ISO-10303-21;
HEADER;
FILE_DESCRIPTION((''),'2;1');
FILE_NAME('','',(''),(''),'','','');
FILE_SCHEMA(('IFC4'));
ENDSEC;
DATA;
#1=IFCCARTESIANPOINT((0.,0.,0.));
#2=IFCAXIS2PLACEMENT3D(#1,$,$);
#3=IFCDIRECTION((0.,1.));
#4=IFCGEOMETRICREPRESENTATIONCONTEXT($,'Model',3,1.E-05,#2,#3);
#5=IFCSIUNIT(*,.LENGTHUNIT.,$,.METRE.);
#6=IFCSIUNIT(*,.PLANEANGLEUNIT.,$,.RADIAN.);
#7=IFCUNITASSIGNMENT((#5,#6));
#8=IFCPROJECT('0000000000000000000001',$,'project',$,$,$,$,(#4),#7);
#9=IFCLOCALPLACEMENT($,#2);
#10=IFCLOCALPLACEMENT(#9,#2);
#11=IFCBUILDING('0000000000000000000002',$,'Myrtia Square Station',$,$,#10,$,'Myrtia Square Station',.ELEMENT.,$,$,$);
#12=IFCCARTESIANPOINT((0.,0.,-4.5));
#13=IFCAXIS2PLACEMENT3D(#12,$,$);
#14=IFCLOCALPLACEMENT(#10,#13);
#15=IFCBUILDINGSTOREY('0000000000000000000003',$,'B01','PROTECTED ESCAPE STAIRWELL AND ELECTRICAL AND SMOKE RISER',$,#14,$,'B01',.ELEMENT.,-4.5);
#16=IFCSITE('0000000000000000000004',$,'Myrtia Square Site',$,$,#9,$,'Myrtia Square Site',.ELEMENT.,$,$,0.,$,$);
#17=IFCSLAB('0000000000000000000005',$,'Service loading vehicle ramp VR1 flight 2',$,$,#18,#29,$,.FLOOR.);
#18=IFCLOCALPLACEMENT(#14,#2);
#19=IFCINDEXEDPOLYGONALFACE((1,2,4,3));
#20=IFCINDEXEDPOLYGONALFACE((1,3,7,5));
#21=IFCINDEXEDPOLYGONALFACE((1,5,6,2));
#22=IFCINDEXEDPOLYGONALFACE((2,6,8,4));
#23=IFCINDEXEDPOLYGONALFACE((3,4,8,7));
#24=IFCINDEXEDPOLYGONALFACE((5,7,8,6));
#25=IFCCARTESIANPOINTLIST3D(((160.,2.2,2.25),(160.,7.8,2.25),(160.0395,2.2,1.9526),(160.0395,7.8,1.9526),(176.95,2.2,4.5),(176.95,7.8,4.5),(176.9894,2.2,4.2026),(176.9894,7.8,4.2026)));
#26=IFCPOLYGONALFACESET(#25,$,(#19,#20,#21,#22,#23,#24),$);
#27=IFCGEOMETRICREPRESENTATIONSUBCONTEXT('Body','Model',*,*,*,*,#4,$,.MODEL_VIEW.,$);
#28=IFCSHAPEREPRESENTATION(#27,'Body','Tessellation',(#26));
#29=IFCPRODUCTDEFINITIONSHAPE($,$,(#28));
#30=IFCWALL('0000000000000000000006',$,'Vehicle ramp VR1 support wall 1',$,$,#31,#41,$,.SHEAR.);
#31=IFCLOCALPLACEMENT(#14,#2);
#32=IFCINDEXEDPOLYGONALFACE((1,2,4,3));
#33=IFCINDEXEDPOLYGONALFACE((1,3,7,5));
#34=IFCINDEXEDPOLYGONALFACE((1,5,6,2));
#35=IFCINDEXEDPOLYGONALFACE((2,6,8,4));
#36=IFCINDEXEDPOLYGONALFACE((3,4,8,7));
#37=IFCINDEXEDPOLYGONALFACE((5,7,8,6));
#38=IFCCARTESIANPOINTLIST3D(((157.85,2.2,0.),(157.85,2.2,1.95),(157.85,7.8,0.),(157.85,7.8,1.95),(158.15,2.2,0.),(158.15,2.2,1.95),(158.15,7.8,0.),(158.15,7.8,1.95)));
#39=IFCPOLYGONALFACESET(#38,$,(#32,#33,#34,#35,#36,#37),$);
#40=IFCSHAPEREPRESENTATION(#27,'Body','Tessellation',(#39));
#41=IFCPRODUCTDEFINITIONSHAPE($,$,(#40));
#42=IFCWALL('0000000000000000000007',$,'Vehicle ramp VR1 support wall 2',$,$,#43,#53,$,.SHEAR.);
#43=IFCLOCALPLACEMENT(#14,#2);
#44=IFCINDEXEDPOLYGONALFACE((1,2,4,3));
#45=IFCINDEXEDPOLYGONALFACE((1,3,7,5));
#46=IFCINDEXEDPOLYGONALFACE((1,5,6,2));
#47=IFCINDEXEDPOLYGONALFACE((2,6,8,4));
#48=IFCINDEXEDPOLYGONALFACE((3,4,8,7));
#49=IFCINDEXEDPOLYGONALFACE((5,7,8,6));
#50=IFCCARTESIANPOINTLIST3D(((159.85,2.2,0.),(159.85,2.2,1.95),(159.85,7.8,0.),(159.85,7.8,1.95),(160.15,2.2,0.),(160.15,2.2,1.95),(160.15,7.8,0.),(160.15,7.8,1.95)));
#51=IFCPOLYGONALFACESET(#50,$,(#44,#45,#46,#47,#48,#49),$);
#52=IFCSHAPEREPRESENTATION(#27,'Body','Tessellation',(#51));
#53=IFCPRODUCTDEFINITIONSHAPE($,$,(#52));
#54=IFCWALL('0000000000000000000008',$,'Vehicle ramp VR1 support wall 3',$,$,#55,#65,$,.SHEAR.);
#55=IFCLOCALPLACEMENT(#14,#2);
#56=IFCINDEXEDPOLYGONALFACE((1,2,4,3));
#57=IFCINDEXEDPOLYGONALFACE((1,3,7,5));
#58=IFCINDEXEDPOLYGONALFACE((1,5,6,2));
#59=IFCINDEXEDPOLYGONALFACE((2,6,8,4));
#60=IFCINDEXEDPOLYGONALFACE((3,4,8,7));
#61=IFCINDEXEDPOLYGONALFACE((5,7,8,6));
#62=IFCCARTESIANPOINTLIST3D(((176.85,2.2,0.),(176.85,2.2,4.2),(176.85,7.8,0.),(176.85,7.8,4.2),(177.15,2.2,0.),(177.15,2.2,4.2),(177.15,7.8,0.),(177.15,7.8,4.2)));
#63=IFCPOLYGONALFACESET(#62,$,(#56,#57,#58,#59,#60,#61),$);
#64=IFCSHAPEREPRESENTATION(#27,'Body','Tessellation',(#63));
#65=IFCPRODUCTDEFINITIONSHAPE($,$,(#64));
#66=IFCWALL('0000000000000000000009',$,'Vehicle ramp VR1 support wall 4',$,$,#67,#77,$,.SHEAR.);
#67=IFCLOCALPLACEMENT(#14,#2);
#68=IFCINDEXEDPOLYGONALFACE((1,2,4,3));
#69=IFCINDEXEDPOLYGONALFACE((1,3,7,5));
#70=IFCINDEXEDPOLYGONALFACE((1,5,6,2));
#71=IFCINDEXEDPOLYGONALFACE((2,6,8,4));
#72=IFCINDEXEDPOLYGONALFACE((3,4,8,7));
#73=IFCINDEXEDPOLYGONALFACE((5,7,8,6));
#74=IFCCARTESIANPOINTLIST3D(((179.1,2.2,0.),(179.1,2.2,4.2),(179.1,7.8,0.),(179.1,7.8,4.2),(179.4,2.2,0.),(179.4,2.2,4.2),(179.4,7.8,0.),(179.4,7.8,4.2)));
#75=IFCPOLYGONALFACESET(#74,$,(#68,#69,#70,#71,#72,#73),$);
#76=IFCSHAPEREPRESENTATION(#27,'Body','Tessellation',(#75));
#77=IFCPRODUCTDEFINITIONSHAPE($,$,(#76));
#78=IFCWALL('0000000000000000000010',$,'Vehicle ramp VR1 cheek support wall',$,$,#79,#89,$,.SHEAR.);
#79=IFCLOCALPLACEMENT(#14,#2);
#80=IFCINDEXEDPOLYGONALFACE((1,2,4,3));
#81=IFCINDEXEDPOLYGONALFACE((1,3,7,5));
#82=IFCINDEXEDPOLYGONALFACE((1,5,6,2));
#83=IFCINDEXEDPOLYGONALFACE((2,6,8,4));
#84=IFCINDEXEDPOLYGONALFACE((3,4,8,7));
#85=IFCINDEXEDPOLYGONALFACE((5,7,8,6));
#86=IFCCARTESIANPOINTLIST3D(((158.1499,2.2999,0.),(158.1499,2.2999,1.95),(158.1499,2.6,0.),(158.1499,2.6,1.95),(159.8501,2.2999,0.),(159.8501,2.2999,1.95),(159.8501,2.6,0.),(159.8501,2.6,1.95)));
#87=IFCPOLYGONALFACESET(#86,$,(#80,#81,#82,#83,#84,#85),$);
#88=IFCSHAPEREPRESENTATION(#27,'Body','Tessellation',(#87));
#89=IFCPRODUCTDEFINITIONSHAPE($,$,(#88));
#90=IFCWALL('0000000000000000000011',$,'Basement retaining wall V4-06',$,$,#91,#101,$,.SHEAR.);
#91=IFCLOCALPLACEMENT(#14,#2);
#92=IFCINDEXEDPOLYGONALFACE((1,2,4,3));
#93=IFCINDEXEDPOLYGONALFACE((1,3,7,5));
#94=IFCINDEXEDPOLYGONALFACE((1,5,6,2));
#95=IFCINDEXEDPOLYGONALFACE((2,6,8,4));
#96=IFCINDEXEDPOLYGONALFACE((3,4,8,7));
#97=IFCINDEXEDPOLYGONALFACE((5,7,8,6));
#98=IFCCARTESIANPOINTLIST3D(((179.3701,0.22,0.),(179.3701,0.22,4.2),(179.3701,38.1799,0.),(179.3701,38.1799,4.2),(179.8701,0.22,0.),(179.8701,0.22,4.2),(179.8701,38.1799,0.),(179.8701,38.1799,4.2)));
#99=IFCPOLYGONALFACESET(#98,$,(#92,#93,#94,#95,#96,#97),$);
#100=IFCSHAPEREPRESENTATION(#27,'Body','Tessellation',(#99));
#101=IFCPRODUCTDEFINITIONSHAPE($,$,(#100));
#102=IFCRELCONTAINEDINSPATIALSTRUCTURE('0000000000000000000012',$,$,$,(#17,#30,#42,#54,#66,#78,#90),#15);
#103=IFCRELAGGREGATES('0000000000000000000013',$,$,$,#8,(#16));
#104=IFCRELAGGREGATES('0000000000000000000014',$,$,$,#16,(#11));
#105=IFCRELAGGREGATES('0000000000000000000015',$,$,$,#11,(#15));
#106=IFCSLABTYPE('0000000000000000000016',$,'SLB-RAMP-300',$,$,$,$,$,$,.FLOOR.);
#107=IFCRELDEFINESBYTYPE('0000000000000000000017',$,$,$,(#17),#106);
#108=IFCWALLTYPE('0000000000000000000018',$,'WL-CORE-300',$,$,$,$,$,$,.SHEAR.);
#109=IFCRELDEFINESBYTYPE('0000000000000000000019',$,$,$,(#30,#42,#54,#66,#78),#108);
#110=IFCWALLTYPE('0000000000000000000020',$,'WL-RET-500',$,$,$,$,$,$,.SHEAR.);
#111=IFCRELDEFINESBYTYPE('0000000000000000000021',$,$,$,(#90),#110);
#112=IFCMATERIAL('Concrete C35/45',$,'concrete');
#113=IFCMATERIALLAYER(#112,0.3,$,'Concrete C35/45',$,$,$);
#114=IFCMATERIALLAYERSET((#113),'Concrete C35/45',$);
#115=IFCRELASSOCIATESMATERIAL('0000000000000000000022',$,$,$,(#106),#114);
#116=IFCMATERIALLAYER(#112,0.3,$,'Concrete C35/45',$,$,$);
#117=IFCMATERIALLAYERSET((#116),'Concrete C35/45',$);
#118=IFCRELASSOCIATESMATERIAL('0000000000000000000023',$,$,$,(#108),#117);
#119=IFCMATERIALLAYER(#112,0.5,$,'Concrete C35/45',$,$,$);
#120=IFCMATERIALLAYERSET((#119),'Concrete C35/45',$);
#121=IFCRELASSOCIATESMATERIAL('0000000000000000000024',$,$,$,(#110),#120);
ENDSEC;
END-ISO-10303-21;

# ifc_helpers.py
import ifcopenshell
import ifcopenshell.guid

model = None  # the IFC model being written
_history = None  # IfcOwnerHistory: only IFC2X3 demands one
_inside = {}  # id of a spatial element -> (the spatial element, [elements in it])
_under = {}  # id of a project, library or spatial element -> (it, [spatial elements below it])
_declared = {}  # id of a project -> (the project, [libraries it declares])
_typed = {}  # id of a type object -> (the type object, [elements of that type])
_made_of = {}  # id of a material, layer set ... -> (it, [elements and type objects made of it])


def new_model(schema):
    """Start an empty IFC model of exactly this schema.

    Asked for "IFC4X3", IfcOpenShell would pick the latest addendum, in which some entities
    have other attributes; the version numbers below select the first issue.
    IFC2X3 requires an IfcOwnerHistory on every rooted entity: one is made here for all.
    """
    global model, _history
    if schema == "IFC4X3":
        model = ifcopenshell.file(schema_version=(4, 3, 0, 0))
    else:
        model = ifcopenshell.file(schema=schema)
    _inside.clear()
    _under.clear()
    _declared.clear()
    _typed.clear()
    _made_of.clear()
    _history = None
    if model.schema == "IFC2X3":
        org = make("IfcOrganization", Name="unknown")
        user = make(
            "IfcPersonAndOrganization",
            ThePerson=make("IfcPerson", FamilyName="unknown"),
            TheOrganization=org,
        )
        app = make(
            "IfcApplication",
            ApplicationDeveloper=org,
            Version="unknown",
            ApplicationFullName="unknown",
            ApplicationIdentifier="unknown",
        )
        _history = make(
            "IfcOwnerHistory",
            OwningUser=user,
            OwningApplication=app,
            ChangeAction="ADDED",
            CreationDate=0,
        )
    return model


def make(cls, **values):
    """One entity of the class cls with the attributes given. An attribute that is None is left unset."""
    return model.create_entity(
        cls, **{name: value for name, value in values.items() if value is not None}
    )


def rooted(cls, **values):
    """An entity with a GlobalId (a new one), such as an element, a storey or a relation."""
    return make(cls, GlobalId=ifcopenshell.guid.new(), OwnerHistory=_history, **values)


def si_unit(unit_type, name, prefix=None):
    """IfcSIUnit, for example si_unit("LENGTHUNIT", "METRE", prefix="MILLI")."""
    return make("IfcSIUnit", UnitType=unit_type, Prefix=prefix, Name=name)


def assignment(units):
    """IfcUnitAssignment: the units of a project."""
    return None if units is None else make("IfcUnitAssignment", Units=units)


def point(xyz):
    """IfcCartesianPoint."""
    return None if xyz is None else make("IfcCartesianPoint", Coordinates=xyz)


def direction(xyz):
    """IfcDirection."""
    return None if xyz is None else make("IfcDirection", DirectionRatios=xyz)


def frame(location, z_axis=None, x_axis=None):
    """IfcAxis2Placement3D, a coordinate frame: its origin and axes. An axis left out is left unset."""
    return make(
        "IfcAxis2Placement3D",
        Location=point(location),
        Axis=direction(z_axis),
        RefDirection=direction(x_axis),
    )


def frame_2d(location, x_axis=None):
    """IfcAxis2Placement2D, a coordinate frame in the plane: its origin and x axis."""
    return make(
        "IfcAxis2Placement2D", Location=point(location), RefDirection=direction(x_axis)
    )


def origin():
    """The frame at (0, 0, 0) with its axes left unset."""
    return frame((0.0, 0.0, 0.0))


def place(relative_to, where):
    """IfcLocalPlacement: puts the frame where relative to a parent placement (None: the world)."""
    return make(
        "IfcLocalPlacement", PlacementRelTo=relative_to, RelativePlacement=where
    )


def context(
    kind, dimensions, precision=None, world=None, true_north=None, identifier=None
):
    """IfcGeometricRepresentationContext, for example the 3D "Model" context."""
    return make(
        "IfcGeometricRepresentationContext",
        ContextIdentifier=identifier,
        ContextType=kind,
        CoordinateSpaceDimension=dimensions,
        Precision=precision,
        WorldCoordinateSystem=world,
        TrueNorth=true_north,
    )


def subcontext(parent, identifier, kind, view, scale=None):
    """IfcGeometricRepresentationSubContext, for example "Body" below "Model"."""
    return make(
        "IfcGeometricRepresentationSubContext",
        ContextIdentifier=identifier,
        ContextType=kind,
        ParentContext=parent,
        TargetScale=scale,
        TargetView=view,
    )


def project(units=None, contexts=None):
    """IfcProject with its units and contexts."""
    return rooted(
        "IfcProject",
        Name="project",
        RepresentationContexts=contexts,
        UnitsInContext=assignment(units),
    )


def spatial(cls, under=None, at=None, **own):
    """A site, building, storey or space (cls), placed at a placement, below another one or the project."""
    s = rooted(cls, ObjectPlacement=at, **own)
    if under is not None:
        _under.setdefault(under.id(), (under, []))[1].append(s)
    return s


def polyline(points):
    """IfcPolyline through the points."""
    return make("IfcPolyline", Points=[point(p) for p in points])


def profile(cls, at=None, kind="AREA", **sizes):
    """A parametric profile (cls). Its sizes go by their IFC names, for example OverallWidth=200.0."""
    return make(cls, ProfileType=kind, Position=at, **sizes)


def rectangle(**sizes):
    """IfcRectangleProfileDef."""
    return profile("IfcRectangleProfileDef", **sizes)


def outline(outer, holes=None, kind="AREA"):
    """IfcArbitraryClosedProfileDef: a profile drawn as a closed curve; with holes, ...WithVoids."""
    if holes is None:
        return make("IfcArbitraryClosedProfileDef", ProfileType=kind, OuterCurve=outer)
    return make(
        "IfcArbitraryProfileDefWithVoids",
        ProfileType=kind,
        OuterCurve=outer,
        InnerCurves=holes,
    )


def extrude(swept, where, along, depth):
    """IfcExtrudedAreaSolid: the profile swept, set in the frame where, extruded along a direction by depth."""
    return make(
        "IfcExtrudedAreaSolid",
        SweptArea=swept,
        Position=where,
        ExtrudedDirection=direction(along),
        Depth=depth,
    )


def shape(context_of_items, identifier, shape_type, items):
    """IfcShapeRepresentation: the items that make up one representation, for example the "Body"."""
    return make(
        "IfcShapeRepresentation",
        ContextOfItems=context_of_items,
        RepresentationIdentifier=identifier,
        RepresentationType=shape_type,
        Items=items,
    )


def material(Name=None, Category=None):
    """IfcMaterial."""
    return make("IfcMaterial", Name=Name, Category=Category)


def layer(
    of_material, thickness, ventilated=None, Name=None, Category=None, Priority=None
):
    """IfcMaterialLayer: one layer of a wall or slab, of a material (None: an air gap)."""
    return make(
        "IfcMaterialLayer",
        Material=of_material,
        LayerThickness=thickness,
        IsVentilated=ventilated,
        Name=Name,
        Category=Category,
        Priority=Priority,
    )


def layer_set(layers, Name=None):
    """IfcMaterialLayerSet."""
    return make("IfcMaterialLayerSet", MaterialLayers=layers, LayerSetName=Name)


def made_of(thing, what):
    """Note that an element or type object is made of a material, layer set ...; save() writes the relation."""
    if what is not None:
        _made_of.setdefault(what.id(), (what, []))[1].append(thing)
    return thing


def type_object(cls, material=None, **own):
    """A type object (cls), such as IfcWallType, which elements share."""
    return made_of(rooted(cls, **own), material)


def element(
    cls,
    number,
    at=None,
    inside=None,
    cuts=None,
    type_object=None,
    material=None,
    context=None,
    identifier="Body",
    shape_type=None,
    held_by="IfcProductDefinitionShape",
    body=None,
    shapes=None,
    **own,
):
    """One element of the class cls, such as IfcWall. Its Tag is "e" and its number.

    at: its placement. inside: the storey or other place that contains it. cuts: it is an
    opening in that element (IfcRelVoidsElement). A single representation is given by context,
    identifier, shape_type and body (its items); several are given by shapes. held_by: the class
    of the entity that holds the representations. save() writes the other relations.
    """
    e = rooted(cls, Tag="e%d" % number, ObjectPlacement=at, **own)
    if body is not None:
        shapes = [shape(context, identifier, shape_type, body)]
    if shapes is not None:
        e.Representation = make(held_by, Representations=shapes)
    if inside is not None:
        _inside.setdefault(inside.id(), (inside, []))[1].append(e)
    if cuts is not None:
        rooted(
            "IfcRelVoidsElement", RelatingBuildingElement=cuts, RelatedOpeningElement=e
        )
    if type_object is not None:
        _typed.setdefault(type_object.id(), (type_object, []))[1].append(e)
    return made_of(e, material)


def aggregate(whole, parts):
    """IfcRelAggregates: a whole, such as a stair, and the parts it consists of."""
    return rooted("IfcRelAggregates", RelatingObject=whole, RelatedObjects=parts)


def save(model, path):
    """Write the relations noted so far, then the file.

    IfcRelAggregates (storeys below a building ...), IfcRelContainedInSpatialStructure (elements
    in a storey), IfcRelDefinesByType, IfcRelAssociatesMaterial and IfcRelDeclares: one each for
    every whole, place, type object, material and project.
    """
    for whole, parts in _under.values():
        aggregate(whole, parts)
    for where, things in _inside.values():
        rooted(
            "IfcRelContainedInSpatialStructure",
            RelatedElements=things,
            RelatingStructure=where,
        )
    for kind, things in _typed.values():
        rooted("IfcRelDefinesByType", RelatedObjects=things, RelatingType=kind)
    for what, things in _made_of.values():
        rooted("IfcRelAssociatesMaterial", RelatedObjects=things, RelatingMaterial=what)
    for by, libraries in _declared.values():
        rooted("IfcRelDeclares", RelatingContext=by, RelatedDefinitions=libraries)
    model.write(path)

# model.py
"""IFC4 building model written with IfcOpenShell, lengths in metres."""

from ifc_helpers import new_model, si_unit, direction, frame, frame_2d, origin, place, context, subcontext, project, spatial, polyline, rectangle, outline, extrude, material, layer, layer_set, type_object, element, save


model = new_model("IFC4")

# Units and contexts
model_context = context("Model", 3, precision=1e-05, world=origin(), true_north=direction((0.0, 1.0)))
body_context = subcontext(model_context, "Body", "Model", "MODEL_VIEW")
ifc_project = project(units=[si_unit("LENGTHUNIT", "METRE"), si_unit("PLANEANGLEUNIT", "RADIAN")], contexts=[model_context])

# Site, building, storey
site_placement = place(None, origin())
site = spatial("IfcSite", under=ifc_project, at=site_placement, Name="Myrtia Square Site", LongName="Myrtia Square Site", CompositionType="ELEMENT", RefElevation=0.0)
building_placement = place(site_placement, origin())
building = spatial("IfcBuilding", under=site, at=building_placement, Name="Myrtia Square Station", LongName="Myrtia Square Station", CompositionType="ELEMENT")
storey_placement = place(building_placement, frame((0.0, 0.0, -4.5)))
storey = spatial("IfcBuildingStorey", under=building, at=storey_placement, Name="B01", Description="PROTECTED ESCAPE STAIRWELL AND ELECTRICAL AND SMOKE RISER", LongName="B01", CompositionType="ELEMENT", Elevation=-4.5)

# Shared definitions
ifc_material_1 = material(Name="Concrete C35/45", Category="concrete")

# Slab
ifc_layer_1 = layer(ifc_material_1, 0.3, Name="Concrete C35/45")
ifc_layer_set_1 = layer_set([ifc_layer_1], Name="Concrete C35/45")
slab_type = type_object("IfcSlabType", Name="SLB-RAMP-300", PredefinedType="FLOOR", material=ifc_layer_set_1)
slab_placement = place(storey_placement, frame((160.0, 2.2, 2.25), z_axis=(-0.131589, 0.0, 0.991304), x_axis=(0.991304, 0.0, 0.131589)))
element("IfcSlab", 1, at=slab_placement, inside=storey, type_object=slab_type, Name="Service loading vehicle ramp VR1 flight 2", PredefinedType="FLOOR", context=body_context, shape_type="SweptSolid", body=[
    extrude(outline(polyline([(0.0, 0.0), (17.0986, 0.0), (17.0986, 5.6001), (0.0, 5.6001), (0.0, 0.0)])), origin(), (0.0, 0.0, -1.0), 0.3),
])

# Walls
ifc_layer_2 = layer(ifc_material_1, 0.3, Name="Concrete C35/45")
ifc_layer_set_2 = layer_set([ifc_layer_2], Name="Concrete C35/45")
wall_type_1 = type_object("IfcWallType", Name="WL-CORE-300", PredefinedType="SHEAR", material=ifc_layer_set_2)
for number, where, z_axis, x_axis, name in (
    (2, (158.0, 2.2, 0.0), (0.0, 0.0, 1.0), (0.0, 1.0, 0.0), "Vehicle ramp VR1 support wall 1"),
    (3, (160.0, 2.2, 0.0), (0.0, 0.0, 1.0), (0.0, 1.0, 0.0), "Vehicle ramp VR1 support wall 2"),
):
    element("IfcWall", number, at=place(storey_placement, frame(where, z_axis=z_axis, x_axis=x_axis)), inside=storey, type_object=wall_type_1, Name=name, PredefinedType="SHEAR", context=body_context, shape_type="SweptSolid", body=[
        extrude(rectangle(XDim=5.6001, YDim=0.3, at=frame_2d((2.8, 0.0))), origin(), (0.0, 0.0, 1.0), 1.95),
    ])
for number, where, z_axis, x_axis, name in (
    (4, (177.0, 2.2, 0.0), (0.0, 0.0, 1.0), (0.0, 1.0, 0.0), "Vehicle ramp VR1 support wall 3"),
    (5, (179.25, 2.2, 0.0), (0.0, 0.0, 1.0), (0.0, 1.0, 0.0), "Vehicle ramp VR1 support wall 4"),
):
    element("IfcWall", number, at=place(storey_placement, frame(where, z_axis=z_axis, x_axis=x_axis)), inside=storey, type_object=wall_type_1, Name=name, PredefinedType="SHEAR", context=body_context, shape_type="SweptSolid", body=[
        extrude(rectangle(XDim=5.6001, YDim=0.3, at=frame_2d((2.8, 0.0))), origin(), (0.0, 0.0, 1.0), 4.2),
    ])
wall_1_placement = place(storey_placement, frame((158.1499, 2.45, 0.0), z_axis=(0.0, 0.0, 1.0), x_axis=(1.0, 0.0, 0.0)))
element("IfcWall", 6, at=wall_1_placement, inside=storey, type_object=wall_type_1, Name="Vehicle ramp VR1 cheek support wall", PredefinedType="SHEAR", context=body_context, shape_type="SweptSolid", body=[
    extrude(rectangle(XDim=1.7002, YDim=0.3, at=frame_2d((0.8501, 0.0))), origin(), (0.0, 0.0, 1.0), 1.95),
])
ifc_layer_3 = layer(ifc_material_1, 0.5, Name="Concrete C35/45")
ifc_layer_set_3 = layer_set([ifc_layer_3], Name="Concrete C35/45")
wall_type_2 = type_object("IfcWallType", Name="WL-RET-500", PredefinedType="SHEAR", material=ifc_layer_set_3)
wall_2_placement = place(storey_placement, frame((179.6201, 0.22, 0.0), z_axis=(0.0, 0.0, 1.0), x_axis=(0.0, 1.0, 0.0)))
element("IfcWall", 7, at=wall_2_placement, inside=storey, type_object=wall_type_2, Name="Basement retaining wall V4-06", PredefinedType="SHEAR", context=body_context, shape_type="SweptSolid", body=[
    extrude(rectangle(XDim=37.96, YDim=0.5, at=frame_2d((18.98, 0.0))), origin(), (0.0, 0.0, 1.0), 4.2),
])

save(model, "model.ifc")
